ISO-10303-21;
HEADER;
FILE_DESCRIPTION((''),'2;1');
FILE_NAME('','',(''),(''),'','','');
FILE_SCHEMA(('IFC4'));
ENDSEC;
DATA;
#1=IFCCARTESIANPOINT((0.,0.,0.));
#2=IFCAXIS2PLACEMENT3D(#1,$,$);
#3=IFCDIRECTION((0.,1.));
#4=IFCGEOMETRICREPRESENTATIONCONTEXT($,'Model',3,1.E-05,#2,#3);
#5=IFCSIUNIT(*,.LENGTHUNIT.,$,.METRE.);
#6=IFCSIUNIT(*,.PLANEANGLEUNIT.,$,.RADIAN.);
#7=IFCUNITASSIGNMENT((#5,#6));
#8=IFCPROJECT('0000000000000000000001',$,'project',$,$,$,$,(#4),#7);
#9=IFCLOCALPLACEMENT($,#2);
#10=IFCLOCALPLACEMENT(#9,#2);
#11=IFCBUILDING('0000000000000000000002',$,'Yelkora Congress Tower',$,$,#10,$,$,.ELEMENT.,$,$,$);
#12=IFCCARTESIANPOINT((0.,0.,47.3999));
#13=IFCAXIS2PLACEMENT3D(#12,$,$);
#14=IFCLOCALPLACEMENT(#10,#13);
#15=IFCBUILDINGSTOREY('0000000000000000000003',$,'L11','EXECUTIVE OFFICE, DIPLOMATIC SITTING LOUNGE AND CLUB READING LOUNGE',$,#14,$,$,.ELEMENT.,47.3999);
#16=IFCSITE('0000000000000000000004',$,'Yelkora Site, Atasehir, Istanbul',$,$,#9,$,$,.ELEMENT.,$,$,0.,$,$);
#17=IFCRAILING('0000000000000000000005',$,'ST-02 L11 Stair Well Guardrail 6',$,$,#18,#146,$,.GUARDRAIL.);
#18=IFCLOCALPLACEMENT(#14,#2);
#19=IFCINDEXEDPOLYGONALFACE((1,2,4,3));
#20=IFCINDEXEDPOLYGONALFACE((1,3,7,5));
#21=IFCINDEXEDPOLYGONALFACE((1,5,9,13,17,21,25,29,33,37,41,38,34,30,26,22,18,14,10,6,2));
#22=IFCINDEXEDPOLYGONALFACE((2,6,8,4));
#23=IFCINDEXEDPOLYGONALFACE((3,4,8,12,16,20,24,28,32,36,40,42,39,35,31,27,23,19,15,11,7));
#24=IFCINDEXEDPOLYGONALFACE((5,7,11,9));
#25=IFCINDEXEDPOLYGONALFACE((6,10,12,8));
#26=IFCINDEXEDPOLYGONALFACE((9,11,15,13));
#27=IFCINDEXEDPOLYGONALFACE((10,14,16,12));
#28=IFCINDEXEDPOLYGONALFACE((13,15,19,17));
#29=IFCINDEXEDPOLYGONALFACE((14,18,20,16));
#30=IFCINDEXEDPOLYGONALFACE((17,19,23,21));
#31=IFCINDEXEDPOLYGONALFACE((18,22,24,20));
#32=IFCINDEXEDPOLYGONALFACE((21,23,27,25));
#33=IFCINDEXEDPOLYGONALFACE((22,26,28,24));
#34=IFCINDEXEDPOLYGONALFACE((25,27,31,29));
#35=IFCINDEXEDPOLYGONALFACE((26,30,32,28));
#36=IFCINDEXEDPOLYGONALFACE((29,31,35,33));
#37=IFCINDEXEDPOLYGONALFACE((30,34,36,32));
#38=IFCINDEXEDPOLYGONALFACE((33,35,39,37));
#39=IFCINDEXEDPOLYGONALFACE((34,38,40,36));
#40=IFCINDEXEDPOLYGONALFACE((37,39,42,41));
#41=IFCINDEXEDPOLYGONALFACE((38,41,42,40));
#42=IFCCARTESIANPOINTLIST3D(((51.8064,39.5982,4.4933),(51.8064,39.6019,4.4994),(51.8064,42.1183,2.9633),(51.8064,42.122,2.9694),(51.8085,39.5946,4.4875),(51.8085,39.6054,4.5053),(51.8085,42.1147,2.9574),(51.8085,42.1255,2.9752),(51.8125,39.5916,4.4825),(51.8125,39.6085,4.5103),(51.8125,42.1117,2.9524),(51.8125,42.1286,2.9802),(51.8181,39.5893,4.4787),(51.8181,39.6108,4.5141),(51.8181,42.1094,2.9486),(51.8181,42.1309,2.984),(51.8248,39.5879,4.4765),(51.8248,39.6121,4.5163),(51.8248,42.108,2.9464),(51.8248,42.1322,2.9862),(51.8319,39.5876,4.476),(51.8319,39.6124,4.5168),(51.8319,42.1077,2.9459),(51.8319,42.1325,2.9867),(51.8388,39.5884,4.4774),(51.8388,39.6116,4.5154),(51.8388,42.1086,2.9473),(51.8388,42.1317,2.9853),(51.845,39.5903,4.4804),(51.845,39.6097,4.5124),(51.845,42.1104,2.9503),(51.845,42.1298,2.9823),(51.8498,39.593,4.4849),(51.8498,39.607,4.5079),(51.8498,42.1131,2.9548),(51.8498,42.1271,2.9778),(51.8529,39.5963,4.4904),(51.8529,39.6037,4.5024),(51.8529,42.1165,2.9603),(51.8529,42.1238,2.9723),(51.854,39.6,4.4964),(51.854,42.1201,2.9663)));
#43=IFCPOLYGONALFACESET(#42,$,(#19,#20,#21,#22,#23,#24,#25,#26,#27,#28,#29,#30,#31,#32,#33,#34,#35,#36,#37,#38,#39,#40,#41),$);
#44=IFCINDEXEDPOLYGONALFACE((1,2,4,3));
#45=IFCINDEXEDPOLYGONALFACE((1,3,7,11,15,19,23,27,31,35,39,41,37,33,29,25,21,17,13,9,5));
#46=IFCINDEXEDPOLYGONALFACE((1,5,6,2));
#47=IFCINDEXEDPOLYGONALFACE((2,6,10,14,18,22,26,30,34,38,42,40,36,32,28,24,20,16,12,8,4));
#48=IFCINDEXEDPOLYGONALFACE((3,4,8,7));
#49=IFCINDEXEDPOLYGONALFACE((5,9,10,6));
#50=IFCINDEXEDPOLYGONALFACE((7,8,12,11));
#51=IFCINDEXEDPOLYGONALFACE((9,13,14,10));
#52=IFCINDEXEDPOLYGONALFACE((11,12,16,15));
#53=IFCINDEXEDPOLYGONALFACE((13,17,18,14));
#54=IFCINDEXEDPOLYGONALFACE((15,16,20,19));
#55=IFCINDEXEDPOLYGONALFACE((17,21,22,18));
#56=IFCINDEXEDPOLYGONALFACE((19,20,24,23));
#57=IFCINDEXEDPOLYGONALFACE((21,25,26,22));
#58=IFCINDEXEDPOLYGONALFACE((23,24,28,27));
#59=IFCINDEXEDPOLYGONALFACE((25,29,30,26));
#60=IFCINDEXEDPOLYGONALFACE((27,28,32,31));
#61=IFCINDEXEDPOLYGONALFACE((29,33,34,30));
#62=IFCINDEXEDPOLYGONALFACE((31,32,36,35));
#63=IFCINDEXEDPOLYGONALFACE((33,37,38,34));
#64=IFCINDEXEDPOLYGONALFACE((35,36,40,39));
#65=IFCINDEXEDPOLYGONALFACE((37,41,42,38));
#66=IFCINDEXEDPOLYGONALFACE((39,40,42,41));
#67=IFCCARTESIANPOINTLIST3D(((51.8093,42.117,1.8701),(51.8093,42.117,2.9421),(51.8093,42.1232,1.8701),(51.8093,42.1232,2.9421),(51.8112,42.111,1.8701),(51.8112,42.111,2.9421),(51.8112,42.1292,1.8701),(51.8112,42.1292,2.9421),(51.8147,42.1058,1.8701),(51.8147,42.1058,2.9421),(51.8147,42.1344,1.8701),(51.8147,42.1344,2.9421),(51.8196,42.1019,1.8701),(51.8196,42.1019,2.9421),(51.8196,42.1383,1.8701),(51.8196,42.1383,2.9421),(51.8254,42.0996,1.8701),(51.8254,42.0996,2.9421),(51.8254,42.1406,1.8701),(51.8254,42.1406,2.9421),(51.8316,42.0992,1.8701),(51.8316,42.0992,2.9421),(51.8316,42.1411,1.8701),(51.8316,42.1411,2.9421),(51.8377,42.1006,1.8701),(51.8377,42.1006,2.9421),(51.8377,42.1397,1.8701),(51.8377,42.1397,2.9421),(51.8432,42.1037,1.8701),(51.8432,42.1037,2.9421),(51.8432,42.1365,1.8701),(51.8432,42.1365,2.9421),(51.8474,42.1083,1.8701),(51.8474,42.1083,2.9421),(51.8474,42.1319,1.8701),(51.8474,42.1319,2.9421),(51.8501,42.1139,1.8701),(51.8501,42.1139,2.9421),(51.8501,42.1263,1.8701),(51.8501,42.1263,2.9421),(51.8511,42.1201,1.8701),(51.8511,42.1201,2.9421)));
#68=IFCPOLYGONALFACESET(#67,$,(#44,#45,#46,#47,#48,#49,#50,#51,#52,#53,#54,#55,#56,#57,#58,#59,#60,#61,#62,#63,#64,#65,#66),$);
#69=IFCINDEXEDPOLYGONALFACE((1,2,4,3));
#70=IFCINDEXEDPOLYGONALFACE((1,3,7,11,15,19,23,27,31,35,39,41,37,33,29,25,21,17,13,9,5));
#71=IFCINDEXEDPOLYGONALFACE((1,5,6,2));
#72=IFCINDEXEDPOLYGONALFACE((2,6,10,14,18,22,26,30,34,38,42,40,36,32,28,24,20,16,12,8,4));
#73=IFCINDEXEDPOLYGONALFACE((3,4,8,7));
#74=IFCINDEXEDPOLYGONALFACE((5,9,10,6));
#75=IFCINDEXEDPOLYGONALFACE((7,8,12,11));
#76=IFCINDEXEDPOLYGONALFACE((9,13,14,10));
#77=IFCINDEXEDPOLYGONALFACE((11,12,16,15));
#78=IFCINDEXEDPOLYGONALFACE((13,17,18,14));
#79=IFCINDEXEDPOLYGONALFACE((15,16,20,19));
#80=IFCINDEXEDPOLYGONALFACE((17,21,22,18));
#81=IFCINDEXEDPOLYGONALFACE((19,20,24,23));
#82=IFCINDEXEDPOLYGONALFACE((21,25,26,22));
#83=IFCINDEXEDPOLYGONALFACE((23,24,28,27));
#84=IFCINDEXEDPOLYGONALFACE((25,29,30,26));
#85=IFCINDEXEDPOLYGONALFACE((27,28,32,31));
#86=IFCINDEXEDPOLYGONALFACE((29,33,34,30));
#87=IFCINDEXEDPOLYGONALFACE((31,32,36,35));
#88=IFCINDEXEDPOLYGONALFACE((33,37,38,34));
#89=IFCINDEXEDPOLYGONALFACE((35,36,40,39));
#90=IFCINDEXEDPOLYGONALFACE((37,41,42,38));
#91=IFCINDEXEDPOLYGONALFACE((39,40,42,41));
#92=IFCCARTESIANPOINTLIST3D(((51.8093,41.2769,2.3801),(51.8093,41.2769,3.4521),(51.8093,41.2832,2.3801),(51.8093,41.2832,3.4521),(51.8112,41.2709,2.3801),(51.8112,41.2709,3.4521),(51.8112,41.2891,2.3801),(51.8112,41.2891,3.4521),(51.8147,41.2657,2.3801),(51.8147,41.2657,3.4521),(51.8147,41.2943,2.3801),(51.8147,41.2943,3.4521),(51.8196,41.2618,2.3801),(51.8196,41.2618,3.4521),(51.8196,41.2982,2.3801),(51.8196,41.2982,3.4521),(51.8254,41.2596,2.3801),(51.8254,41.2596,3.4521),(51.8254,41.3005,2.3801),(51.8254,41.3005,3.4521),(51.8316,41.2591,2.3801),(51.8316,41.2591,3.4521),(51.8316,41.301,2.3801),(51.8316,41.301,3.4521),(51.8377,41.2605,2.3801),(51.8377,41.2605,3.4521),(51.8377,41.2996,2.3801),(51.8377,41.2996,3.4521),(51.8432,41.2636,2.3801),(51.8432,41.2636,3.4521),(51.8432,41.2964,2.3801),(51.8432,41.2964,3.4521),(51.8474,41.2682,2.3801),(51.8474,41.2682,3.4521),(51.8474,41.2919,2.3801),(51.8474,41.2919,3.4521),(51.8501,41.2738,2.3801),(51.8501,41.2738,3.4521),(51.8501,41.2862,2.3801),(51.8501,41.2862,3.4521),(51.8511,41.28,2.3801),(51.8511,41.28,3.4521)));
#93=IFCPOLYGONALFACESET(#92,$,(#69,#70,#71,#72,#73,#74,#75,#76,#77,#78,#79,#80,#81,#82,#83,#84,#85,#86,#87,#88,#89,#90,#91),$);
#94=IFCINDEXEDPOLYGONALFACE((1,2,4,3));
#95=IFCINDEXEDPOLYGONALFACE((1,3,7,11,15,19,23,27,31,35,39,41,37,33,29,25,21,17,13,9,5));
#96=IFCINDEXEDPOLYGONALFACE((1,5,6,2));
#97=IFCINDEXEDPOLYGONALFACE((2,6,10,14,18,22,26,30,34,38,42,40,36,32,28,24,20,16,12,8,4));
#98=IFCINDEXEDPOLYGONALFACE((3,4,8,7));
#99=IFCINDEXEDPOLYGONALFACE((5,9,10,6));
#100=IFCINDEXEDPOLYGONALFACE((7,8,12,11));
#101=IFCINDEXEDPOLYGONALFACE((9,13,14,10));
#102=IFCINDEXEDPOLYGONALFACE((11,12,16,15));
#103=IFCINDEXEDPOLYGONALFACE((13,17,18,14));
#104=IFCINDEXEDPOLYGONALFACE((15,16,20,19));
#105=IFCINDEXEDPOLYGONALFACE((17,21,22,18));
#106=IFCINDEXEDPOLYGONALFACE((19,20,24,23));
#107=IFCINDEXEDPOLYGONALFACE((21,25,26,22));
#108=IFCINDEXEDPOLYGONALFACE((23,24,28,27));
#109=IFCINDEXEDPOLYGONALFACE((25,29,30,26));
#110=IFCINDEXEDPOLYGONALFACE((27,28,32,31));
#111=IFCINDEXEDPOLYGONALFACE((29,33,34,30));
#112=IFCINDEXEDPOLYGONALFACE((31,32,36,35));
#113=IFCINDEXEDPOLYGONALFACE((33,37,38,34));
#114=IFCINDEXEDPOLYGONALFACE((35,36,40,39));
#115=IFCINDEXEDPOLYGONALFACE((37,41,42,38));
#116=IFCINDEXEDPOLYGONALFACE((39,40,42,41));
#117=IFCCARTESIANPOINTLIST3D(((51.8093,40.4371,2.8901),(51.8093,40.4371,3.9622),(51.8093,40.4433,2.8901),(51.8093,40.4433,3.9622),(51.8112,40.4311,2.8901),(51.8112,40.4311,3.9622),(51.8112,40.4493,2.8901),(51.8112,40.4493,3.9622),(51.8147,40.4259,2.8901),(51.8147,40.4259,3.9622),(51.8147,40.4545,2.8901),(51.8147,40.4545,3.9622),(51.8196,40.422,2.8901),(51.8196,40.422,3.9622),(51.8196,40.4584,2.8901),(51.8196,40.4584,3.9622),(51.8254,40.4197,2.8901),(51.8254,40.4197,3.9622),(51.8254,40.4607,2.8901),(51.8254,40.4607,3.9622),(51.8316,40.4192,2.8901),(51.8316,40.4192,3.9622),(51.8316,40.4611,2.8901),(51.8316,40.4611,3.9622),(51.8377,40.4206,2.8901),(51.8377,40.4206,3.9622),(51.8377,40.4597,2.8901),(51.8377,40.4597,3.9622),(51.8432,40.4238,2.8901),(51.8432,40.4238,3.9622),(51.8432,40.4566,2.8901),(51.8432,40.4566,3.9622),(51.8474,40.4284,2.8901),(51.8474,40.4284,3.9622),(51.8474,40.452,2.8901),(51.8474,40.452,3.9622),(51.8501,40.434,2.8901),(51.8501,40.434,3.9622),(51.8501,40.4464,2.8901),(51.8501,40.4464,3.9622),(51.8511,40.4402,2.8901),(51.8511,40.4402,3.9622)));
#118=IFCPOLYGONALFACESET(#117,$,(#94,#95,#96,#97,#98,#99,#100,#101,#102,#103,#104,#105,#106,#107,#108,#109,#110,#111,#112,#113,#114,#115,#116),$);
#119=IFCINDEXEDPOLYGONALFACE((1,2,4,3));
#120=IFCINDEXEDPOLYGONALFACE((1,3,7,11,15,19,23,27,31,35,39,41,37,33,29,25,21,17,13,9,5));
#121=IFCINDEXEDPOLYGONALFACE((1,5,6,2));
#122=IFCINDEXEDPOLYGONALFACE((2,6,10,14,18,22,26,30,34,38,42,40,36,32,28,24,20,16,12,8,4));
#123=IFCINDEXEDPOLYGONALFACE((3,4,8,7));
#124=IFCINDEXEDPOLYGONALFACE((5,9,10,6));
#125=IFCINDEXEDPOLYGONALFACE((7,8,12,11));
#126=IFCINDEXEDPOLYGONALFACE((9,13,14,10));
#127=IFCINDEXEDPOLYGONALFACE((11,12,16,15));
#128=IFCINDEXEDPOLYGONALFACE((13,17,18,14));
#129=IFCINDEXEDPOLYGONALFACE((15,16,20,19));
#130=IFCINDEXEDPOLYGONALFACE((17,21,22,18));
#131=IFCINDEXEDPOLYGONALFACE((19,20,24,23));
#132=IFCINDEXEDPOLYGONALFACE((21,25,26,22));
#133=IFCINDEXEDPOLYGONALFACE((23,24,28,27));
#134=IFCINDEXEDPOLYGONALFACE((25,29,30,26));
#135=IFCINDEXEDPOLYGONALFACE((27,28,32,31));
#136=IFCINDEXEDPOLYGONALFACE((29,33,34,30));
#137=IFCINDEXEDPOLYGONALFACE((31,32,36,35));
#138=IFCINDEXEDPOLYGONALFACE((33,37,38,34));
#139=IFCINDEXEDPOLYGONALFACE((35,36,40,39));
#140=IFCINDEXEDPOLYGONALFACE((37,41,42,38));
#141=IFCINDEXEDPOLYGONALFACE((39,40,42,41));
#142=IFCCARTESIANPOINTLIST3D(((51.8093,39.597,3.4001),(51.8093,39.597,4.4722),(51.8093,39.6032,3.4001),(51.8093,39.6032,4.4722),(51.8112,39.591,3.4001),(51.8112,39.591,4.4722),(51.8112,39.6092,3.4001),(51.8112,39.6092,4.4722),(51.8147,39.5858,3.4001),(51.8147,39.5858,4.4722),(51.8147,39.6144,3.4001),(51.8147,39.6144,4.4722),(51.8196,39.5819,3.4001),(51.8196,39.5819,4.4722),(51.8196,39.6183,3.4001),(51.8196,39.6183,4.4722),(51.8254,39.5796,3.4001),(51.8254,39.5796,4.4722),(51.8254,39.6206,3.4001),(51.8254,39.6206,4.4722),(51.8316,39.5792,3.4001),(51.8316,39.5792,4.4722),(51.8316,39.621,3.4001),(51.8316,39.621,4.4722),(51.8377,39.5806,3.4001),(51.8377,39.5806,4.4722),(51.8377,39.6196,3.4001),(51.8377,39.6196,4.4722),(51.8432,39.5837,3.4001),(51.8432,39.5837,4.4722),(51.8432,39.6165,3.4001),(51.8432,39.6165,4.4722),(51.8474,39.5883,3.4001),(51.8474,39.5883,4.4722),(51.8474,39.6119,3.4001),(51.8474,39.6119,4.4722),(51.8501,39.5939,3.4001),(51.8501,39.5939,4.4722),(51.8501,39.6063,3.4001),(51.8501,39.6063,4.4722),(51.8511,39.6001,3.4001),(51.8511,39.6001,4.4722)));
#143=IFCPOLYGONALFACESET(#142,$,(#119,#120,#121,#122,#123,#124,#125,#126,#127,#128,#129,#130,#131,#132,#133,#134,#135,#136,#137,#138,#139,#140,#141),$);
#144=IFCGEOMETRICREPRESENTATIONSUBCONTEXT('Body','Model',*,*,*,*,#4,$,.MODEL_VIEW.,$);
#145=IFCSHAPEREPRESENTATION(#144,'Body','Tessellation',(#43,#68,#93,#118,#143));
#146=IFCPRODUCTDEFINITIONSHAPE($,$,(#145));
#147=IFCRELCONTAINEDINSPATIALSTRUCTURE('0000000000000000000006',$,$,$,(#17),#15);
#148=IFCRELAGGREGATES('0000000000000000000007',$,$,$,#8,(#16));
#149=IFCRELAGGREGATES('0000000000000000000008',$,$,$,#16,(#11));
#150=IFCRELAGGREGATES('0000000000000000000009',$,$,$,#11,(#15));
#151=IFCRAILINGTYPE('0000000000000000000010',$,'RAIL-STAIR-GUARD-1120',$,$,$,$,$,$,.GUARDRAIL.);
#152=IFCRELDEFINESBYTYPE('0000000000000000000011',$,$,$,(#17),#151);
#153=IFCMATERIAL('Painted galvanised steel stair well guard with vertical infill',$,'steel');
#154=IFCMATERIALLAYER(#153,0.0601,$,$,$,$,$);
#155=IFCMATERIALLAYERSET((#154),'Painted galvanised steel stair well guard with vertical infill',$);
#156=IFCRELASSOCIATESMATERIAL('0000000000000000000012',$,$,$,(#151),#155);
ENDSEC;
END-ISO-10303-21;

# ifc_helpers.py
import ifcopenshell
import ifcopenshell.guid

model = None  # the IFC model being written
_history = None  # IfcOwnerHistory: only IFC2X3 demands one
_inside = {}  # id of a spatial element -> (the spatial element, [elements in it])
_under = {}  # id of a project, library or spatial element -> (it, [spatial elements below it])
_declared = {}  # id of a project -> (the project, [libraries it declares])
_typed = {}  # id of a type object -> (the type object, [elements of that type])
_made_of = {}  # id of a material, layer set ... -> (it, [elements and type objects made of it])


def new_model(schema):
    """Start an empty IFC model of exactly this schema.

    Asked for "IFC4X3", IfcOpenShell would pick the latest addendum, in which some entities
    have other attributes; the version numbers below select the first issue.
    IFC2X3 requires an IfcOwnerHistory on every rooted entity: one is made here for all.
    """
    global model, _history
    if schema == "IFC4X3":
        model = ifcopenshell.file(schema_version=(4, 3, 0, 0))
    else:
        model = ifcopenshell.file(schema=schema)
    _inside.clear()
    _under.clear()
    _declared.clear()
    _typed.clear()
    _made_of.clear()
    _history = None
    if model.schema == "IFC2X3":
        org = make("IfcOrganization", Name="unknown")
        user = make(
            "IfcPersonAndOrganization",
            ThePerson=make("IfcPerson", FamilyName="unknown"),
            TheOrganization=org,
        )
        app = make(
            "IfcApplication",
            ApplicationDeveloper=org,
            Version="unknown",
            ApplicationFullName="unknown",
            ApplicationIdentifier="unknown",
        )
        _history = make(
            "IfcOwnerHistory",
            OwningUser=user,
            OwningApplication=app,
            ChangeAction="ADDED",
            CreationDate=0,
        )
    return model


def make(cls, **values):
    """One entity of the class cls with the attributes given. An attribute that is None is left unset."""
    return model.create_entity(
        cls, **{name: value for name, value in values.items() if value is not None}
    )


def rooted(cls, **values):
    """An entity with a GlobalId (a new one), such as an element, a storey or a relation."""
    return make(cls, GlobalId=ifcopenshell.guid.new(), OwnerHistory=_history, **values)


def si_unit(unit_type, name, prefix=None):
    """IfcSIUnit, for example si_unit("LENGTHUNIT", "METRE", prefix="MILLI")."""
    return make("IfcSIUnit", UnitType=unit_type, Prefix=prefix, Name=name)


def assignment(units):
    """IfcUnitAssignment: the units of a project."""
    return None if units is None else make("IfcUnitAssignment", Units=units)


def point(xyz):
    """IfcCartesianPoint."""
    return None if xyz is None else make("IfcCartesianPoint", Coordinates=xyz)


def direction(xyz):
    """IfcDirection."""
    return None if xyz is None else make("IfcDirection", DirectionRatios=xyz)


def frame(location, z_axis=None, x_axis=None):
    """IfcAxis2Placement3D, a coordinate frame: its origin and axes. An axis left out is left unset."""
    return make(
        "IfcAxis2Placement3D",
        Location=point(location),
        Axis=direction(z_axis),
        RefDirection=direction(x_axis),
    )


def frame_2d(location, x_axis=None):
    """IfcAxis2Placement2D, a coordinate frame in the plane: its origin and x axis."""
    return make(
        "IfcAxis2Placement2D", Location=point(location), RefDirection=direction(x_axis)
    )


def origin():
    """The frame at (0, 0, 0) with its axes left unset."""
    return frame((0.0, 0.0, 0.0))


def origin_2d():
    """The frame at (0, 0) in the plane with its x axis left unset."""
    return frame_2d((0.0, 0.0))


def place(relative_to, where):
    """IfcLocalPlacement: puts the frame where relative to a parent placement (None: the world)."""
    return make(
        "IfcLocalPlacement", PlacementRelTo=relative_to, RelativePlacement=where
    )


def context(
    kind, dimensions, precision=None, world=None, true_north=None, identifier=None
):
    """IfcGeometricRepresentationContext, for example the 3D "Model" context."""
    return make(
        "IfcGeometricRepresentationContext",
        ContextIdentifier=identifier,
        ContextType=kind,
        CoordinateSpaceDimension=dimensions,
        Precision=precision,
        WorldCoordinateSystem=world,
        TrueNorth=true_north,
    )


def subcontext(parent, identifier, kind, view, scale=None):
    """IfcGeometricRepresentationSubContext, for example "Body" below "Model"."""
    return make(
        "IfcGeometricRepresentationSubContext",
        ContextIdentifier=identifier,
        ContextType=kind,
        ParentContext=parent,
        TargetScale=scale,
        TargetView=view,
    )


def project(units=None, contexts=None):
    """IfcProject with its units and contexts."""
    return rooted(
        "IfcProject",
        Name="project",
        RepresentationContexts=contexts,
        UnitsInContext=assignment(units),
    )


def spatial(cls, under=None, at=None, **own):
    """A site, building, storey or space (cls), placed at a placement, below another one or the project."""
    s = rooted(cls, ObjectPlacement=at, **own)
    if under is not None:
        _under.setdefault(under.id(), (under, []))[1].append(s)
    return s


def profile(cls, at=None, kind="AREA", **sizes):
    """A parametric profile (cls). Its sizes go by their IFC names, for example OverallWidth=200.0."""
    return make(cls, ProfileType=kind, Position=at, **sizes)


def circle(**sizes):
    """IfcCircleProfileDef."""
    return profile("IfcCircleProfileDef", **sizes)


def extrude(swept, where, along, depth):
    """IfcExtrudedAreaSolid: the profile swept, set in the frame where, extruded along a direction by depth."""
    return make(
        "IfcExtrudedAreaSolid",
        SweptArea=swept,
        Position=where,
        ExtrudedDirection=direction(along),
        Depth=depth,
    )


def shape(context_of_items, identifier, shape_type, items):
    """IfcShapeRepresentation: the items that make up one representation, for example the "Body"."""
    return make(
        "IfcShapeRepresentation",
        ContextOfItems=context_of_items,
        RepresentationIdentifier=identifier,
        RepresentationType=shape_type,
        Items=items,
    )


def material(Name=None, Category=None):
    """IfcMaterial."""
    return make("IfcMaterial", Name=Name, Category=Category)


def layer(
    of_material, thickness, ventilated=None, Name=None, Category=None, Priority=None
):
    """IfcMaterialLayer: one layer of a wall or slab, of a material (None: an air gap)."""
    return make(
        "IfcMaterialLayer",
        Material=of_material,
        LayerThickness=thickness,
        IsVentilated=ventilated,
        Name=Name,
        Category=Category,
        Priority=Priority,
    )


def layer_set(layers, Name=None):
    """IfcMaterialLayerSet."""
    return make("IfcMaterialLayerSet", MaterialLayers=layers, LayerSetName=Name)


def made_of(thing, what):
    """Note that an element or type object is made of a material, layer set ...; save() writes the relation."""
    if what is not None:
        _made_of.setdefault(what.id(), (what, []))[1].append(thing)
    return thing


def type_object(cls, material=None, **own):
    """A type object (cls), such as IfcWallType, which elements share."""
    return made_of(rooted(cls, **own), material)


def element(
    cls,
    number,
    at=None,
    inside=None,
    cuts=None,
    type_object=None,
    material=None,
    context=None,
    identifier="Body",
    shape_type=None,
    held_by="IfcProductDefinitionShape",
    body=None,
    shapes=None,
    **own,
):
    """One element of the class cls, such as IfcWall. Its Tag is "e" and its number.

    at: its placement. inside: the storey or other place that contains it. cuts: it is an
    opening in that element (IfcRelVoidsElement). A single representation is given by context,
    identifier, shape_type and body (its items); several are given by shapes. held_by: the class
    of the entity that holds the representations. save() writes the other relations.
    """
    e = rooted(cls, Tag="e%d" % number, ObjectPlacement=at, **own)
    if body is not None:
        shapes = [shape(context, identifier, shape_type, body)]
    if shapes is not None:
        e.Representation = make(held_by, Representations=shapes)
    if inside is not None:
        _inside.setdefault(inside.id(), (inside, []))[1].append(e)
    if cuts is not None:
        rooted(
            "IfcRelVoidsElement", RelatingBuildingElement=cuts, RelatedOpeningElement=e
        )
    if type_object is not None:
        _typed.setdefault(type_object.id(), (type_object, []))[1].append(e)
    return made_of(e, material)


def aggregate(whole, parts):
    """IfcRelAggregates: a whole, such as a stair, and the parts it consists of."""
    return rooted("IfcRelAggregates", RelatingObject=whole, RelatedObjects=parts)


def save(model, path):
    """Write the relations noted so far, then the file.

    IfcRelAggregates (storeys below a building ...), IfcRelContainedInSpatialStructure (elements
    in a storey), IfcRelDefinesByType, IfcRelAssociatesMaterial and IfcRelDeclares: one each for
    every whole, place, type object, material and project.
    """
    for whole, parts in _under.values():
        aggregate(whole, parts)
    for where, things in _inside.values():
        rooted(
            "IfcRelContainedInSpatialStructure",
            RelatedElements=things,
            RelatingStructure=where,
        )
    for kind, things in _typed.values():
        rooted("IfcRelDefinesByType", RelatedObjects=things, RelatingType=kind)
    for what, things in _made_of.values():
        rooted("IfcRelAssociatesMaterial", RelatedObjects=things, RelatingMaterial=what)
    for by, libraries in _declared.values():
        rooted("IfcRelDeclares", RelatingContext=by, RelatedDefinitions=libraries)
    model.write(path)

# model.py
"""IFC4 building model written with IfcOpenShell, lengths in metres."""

from ifc_helpers import new_model, si_unit, direction, frame, origin, origin_2d, place, context, subcontext, project, spatial, circle, extrude, material, layer, layer_set, type_object, element, save


model = new_model("IFC4")

# Units and contexts
model_context = context("Model", 3, precision=1e-05, world=origin(), true_north=direction((0.0, 1.0)))
body_context = subcontext(model_context, "Body", "Model", "MODEL_VIEW")
ifc_project = project(units=[si_unit("LENGTHUNIT", "METRE"), si_unit("PLANEANGLEUNIT", "RADIAN")], contexts=[model_context])

# Site, building, storey
site_placement = place(None, origin())
site = spatial("IfcSite", under=ifc_project, at=site_placement, Name="Yelkora Site, Atasehir, Istanbul", CompositionType="ELEMENT", RefElevation=0.0)
building_placement = place(site_placement, origin())
building = spatial("IfcBuilding", under=site, at=building_placement, Name="Yelkora Congress Tower", CompositionType="ELEMENT")
storey_placement = place(building_placement, frame((0.0, 0.0, 47.3999)))
storey = spatial("IfcBuildingStorey", under=building, at=storey_placement, Name="L11", Description="EXECUTIVE OFFICE, DIPLOMATIC SITTING LOUNGE AND CLUB READING LOUNGE", CompositionType="ELEMENT", Elevation=47.3999)

# Railing
ifc_material_1 = material(Name="Painted galvanised steel stair well guard with vertical infill", Category="steel")
ifc_layer_1 = layer(ifc_material_1, 0.0601)
ifc_layer_set_1 = layer_set([ifc_layer_1], Name="Painted galvanised steel stair well guard with vertical infill")
railing_type_1 = type_object("IfcRailingType", Name="RAIL-STAIR-GUARD-1120", PredefinedType="GUARDRAIL", material=ifc_layer_set_1)
railing_1_placement = place(storey_placement, frame((51.8301, 42.1201, 1.8701)))
element("IfcRailing", 1, at=railing_1_placement, inside=storey, type_object=railing_type_1, Name="ST-02 L11 Stair Well Guardrail 6", PredefinedType="GUARDRAIL", context=body_context, shape_type="SweptSolid", body=[
    extrude(circle(Radius=0.0239, at=origin_2d()), frame((0.0, 0.0, 1.0962), z_axis=(0.0, -0.854785, 0.518982), x_axis=(1.0, 0.0, 0.0)), (0.0, 0.0, 1.0), 2.9482),
    extrude(circle(Radius=0.021, at=origin_2d()), origin(), (0.0, 0.0, 1.0), 1.072),
    extrude(circle(Radius=0.021, at=origin_2d()), frame((0.0, -0.8401, 0.51)), (0.0, 0.0, 1.0), 1.072),
    extrude(circle(Radius=0.021, at=origin_2d()), frame((0.0, -1.6799, 1.02)), (0.0, 0.0, 1.0), 1.072),
    extrude(circle(Radius=0.021, at=origin_2d()), frame((0.0, -2.52, 1.53)), (0.0, 0.0, 1.0), 1.072),
])

save(model, "model.ifc")
